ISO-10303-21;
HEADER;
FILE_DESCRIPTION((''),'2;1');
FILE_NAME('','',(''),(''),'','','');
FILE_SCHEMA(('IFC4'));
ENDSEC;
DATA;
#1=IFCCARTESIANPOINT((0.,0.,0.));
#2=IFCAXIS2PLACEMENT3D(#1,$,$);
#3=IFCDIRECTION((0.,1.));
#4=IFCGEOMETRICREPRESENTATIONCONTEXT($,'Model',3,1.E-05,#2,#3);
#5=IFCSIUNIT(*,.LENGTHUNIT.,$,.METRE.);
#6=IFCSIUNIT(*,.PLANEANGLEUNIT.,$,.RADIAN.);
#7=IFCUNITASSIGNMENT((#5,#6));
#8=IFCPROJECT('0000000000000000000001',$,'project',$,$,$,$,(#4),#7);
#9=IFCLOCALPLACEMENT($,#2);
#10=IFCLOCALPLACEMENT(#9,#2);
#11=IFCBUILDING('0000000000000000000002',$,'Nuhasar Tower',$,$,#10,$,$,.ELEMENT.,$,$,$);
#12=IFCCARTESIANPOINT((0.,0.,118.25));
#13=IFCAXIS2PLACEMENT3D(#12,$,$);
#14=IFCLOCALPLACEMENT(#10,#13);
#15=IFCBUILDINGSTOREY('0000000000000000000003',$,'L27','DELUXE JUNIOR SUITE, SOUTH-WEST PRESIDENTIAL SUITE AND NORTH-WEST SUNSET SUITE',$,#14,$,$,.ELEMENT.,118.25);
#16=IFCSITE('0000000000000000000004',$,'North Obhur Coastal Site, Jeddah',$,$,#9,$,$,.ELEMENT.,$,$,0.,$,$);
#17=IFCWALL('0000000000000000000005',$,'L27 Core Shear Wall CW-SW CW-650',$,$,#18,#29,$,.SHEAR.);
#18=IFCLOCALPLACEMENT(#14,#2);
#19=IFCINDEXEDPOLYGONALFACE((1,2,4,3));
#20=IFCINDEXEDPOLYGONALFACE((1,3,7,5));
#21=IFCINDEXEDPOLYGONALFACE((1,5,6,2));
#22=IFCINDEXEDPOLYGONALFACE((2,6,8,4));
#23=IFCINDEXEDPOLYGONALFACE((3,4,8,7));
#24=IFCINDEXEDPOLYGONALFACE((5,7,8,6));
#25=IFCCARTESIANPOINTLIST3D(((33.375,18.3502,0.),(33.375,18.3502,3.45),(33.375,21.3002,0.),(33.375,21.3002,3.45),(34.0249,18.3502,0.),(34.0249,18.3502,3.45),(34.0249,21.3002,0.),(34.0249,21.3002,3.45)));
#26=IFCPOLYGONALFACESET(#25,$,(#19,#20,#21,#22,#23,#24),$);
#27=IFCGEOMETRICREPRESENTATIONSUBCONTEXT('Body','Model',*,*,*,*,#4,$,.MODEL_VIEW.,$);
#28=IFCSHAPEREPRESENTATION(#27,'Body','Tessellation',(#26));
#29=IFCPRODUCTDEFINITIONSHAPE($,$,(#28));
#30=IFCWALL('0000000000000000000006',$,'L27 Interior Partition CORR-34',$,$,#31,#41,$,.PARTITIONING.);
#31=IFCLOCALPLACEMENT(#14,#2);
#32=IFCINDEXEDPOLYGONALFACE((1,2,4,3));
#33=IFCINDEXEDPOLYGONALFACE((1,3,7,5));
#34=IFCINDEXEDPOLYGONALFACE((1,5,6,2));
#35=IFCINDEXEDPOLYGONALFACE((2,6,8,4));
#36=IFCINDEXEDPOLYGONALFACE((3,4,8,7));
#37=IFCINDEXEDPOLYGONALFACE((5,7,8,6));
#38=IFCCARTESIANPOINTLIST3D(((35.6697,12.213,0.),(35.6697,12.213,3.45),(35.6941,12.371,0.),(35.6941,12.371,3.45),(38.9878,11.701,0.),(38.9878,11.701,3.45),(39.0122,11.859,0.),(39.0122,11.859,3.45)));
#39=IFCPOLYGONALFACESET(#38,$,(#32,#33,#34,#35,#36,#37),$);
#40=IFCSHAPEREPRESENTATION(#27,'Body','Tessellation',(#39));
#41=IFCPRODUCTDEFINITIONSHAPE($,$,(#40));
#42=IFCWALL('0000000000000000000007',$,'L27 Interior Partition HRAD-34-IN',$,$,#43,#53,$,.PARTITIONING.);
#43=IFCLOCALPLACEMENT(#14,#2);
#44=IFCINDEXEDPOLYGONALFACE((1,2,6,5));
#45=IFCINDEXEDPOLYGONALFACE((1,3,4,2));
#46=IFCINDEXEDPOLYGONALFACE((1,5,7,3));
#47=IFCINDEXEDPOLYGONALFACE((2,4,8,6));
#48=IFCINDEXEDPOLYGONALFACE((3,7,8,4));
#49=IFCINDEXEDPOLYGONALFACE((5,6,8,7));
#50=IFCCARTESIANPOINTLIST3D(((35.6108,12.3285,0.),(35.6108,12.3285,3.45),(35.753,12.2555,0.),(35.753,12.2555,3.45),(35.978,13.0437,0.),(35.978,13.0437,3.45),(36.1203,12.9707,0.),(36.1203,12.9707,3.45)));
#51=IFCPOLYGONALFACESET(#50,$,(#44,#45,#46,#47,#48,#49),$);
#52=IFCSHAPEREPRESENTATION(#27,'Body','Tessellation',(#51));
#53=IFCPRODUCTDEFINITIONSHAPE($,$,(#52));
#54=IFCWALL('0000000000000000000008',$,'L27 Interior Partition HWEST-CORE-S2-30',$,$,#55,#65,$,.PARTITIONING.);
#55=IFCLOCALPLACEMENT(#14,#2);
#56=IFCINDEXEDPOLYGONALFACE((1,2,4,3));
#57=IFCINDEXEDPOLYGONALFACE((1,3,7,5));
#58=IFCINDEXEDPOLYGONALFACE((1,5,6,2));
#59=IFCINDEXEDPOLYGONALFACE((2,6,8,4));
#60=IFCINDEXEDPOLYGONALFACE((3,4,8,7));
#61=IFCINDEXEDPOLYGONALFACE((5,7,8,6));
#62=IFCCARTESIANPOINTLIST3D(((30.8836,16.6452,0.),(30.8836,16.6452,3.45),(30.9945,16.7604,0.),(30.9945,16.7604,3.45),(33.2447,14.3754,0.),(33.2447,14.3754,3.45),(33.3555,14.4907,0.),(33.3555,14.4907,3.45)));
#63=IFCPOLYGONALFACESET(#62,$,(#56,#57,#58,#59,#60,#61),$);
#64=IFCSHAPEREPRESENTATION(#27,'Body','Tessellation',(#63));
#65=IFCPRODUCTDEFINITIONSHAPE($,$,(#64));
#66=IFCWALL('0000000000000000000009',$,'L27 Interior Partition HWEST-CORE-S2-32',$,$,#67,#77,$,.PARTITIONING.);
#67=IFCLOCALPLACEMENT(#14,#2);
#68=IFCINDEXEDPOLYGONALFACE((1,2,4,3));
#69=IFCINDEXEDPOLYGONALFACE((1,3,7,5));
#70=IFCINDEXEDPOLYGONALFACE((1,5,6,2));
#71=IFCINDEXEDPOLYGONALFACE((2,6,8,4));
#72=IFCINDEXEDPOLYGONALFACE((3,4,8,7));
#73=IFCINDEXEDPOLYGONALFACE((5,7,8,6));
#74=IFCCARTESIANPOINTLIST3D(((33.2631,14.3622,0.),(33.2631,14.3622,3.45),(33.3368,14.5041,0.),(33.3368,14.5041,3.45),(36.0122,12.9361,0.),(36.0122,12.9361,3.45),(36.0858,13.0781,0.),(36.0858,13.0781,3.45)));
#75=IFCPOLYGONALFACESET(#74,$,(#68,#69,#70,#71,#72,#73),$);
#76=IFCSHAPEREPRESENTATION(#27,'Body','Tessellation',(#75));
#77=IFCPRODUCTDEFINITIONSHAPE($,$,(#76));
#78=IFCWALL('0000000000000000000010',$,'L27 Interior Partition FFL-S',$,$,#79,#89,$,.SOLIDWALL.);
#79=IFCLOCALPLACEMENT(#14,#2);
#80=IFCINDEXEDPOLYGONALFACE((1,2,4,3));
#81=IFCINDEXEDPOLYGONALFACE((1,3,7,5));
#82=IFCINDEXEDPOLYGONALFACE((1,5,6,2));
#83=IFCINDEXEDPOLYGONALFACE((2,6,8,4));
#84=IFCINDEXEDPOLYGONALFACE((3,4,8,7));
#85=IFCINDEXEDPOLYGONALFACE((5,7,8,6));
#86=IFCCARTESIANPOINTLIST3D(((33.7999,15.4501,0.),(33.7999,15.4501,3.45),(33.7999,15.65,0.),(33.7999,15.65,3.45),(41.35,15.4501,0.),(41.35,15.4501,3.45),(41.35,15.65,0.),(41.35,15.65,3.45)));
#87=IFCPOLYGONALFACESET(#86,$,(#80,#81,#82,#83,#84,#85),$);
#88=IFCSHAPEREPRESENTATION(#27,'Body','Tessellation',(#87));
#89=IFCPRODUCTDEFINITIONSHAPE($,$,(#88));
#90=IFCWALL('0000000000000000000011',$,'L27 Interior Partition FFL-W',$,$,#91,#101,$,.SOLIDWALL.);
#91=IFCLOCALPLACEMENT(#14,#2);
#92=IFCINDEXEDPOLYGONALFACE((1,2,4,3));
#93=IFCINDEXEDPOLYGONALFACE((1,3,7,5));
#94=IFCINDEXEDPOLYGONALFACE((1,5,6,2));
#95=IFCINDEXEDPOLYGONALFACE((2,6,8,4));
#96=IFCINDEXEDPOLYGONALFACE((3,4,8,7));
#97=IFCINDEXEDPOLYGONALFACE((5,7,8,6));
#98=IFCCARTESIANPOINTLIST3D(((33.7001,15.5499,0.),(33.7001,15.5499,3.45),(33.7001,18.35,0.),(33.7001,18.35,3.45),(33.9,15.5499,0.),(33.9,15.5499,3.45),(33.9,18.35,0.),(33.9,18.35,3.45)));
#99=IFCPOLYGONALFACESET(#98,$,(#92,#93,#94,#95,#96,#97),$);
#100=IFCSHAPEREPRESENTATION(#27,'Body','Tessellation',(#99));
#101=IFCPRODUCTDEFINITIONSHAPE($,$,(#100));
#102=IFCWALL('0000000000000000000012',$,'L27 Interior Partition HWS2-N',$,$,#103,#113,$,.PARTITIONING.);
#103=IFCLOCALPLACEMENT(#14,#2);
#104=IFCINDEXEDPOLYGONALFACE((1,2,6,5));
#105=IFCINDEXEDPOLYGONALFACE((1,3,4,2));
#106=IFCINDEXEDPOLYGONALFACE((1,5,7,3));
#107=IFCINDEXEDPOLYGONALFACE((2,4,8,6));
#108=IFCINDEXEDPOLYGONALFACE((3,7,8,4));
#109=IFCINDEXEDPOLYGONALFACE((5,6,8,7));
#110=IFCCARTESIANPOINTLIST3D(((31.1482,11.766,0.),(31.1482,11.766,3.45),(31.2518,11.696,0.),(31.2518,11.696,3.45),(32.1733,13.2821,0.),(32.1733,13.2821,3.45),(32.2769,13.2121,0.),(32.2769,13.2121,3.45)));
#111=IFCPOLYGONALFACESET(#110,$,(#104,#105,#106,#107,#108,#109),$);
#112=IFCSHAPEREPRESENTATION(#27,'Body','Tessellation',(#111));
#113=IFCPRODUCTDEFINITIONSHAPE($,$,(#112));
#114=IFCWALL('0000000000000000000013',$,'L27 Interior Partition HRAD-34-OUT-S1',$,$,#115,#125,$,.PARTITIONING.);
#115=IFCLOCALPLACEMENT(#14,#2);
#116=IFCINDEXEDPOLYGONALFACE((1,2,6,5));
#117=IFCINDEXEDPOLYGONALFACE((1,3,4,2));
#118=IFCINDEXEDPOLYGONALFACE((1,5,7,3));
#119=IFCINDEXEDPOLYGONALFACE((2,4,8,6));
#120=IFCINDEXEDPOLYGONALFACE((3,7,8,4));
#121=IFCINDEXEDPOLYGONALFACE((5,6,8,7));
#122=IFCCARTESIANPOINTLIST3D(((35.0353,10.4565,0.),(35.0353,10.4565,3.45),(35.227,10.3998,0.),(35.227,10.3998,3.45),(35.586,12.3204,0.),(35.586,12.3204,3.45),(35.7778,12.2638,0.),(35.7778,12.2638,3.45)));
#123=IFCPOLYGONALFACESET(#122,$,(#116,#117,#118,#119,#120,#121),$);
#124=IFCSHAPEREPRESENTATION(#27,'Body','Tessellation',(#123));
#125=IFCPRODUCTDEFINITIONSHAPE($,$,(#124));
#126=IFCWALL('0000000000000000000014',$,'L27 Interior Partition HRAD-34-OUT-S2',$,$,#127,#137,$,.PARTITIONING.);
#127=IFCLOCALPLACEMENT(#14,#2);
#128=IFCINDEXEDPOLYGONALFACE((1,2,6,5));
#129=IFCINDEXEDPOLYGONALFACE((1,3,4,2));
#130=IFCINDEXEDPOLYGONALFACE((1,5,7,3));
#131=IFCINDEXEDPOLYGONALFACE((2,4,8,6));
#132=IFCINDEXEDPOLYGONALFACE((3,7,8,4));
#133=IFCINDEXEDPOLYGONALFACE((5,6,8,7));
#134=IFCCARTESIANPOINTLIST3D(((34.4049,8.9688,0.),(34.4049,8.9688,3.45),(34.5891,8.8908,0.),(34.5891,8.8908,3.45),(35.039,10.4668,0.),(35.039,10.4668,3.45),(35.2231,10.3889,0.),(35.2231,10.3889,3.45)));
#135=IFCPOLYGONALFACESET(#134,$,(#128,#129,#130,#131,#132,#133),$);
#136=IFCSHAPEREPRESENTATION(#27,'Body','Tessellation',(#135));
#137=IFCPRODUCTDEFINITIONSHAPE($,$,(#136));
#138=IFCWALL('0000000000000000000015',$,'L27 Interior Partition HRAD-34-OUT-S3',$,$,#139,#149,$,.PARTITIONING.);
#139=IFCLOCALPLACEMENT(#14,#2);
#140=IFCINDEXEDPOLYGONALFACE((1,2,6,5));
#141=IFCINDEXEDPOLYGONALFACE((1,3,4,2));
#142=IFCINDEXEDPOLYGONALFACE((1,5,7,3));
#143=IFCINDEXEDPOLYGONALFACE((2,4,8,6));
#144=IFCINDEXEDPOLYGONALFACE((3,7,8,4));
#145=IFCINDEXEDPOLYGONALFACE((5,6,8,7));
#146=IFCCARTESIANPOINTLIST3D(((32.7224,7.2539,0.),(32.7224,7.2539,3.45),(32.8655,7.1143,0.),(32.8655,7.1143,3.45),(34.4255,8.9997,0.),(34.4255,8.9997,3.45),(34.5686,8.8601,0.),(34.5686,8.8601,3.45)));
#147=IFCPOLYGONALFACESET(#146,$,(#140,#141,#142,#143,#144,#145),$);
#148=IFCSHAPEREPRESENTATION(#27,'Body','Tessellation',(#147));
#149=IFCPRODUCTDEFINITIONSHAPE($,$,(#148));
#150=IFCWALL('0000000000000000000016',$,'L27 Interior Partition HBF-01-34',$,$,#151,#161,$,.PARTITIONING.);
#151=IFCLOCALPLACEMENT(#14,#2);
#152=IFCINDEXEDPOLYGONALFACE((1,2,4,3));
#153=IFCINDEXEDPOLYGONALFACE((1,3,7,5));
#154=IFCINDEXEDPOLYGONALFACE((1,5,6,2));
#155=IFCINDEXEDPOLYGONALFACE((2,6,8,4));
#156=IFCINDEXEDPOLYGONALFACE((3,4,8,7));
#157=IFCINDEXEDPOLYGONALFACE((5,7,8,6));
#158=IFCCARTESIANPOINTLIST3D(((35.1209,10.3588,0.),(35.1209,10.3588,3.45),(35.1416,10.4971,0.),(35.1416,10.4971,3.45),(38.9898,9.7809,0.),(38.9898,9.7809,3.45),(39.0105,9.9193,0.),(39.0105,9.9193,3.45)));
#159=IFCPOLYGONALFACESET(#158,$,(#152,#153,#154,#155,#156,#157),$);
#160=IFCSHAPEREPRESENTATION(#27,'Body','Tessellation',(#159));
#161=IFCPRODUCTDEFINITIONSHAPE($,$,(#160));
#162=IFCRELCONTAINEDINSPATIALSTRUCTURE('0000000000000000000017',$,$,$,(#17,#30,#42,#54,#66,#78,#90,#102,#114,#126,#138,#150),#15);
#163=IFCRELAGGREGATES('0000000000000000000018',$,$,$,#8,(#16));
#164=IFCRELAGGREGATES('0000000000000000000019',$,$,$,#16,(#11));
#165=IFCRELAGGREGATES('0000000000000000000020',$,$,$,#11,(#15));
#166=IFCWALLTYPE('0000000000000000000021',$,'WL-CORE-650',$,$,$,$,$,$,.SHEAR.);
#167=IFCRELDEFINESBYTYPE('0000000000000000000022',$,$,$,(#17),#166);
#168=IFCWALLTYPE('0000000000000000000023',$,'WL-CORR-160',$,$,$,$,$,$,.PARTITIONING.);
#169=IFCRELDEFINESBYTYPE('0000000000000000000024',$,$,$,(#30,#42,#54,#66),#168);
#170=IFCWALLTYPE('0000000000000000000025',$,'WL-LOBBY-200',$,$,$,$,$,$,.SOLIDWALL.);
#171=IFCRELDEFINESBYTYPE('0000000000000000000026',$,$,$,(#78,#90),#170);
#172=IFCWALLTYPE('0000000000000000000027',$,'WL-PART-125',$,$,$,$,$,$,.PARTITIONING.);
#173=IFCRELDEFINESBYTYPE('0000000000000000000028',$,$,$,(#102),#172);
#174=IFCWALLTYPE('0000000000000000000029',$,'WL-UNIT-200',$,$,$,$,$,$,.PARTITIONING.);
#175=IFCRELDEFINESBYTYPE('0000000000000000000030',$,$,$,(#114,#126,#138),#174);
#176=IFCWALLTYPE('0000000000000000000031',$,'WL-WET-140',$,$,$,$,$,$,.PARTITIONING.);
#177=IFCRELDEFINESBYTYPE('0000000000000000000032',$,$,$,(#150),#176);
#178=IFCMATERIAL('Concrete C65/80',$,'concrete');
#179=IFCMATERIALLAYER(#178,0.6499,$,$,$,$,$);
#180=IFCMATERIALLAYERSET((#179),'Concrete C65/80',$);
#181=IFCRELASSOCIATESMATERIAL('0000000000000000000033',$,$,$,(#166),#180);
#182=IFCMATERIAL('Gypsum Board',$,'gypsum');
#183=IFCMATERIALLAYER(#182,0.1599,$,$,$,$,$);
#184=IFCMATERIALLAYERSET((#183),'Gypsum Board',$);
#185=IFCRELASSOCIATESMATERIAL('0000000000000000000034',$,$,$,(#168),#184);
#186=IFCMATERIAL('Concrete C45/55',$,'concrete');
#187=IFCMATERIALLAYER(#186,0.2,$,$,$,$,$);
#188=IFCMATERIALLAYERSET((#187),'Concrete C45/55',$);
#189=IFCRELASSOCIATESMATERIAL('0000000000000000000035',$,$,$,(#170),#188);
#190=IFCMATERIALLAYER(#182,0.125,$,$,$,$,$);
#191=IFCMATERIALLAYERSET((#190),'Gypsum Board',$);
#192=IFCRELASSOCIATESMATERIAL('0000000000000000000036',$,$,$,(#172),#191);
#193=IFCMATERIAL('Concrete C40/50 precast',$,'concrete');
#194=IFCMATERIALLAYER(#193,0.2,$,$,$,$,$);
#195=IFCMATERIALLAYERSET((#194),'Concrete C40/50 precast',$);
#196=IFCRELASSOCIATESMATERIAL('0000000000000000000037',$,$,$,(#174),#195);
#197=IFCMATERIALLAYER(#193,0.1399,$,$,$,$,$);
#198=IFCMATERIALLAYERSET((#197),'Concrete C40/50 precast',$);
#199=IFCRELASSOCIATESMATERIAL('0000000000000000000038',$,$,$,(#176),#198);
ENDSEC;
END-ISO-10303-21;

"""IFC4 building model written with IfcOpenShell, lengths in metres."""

from ifc_helpers import new_model, si_unit, direction, frame, frame_2d, origin, place, context, subcontext, project, spatial, rectangle, extrude, material, layer, layer_set, type_object, element, save


model = new_model("IFC4")

# Units and contexts
model_context = context("Model", 3, precision=1e-05, world=origin(), true_north=direction((0.0, 1.0)))
body_context = subcontext(model_context, "Body", "Model", "MODEL_VIEW")
ifc_project = project(units=[si_unit("LENGTHUNIT", "METRE"), si_unit("PLANEANGLEUNIT", "RADIAN")], contexts=[model_context])

# Site, building, storey
site_placement = place(None, origin())
site = spatial("IfcSite", under=ifc_project, at=site_placement, Name="North Obhur Coastal Site, Jeddah", CompositionType="ELEMENT", RefElevation=0.0)
building_placement = place(site_placement, origin())
building = spatial("IfcBuilding", under=site, at=building_placement, Name="Nuhasar Tower", CompositionType="ELEMENT")
storey_placement = place(building_placement, frame((0.0, 0.0, 118.25)))
storey = spatial("IfcBuildingStorey", under=building, at=storey_placement, Name="L27", Description="DELUXE JUNIOR SUITE, SOUTH-WEST PRESIDENTIAL SUITE AND NORTH-WEST SUNSET SUITE", CompositionType="ELEMENT", Elevation=118.25)

# Shared definitions
ifc_material_1 = material(Name="Concrete C65/80", Category="concrete")

# Walls
ifc_layer_1 = layer(ifc_material_1, 0.6499)
ifc_layer_set_1 = layer_set([ifc_layer_1], Name="Concrete C65/80")
wall_type_1 = type_object("IfcWallType", Name="WL-CORE-650", PredefinedType="SHEAR", material=ifc_layer_set_1)
wall_1_placement = place(storey_placement, frame((33.7, 18.3501, 0.0), z_axis=(0.0, 0.0, 1.0), x_axis=(0.0, 1.0, 0.0)))
element("IfcWall", 1, at=wall_1_placement, inside=storey, type_object=wall_type_1, Name="L27 Core Shear Wall CW-SW CW-650", PredefinedType="SHEAR", context=body_context, shape_type="SweptSolid", body=[
    extrude(rectangle(XDim=2.95, YDim=0.6499, at=frame_2d((1.4751, 0.0))), origin(), (0.0, 0.0, 1.0), 3.45),
])
ifc_material_2 = material(Name="Gypsum Board", Category="gypsum")
ifc_layer_2 = layer(ifc_material_2, 0.1599)
ifc_layer_set_2 = layer_set([ifc_layer_2], Name="Gypsum Board")
wall_type_2 = type_object("IfcWallType", Name="WL-CORR-160", PredefinedType="PARTITIONING", material=ifc_layer_set_2)
wall_2_placement = place(storey_placement, frame((35.6819, 12.292, 0.0), z_axis=(0.0, 0.0, 1.0), x_axis=(0.988305, -0.152489, 0.0)))
element("IfcWall", 2, at=wall_2_placement, inside=storey, type_object=wall_type_2, Name="L27 Interior Partition CORR-34", PredefinedType="PARTITIONING", context=body_context, shape_type="SweptSolid", body=[
    extrude(rectangle(XDim=3.3574, YDim=0.1599, at=frame_2d((1.6787, 0.0))), origin(), (0.0, 0.0, 1.0), 3.45),
])
wall_3_placement = place(storey_placement, frame((36.0491, 13.0071, 0.0), z_axis=(0.0, 0.0, 1.0), x_axis=(-0.456785, -0.889577, 0.0)))
element("IfcWall", 3, at=wall_3_placement, inside=storey, type_object=wall_type_2, Name="L27 Interior Partition HRAD-34-IN", PredefinedType="PARTITIONING", context=body_context, shape_type="SweptSolid", body=[
    extrude(rectangle(XDim=0.804, YDim=0.1599, at=frame_2d((0.4019, 0.0))), origin(), (0.0, 0.0, 1.0), 3.45),
])
wall_4_placement = place(storey_placement, frame((30.939, 16.7029, 0.0), z_axis=(0.0, 0.0, 1.0), x_axis=(0.720909, -0.69303, 0.0)))
element("IfcWall", 4, at=wall_4_placement, inside=storey, type_object=wall_type_2, Name="L27 Interior Partition HWEST-CORE-S2-30", PredefinedType="PARTITIONING", context=body_context, shape_type="SweptSolid", body=[
    extrude(rectangle(XDim=3.2751, YDim=0.1599, at=frame_2d((1.6377, 0.0))), origin(), (0.0, 0.0, 1.0), 3.45),
])
wall_5_placement = place(storey_placement, frame((33.3, 14.4331, 0.0), z_axis=(0.0, 0.0, 1.0), x_axis=(0.887675, -0.460471, 0.0)))
element("IfcWall", 5, at=wall_5_placement, inside=storey, type_object=wall_type_2, Name="L27 Interior Partition HWEST-CORE-S2-32", PredefinedType="PARTITIONING", context=body_context, shape_type="SweptSolid", body=[
    extrude(rectangle(XDim=3.0969, YDim=0.1599, at=frame_2d((1.5483, 0.0))), origin(), (0.0, 0.0, 1.0), 3.45),
])
ifc_material_3 = material(Name="Concrete C45/55", Category="concrete")
ifc_layer_3 = layer(ifc_material_3, 0.2)
ifc_layer_set_3 = layer_set([ifc_layer_3], Name="Concrete C45/55")
wall_type_3 = type_object("IfcWallType", Name="WL-LOBBY-200", PredefinedType="SOLIDWALL", material=ifc_layer_set_3)
wall_6_placement = place(storey_placement, frame((33.8, 15.55, 0.0), z_axis=(0.0, 0.0, 1.0), x_axis=(1.0, 0.0, 0.0)))
element("IfcWall", 6, at=wall_6_placement, inside=storey, type_object=wall_type_3, Name="L27 Interior Partition FFL-S", PredefinedType="SOLIDWALL", context=body_context, shape_type="SweptSolid", body=[
    extrude(rectangle(XDim=7.55, YDim=0.2, at=frame_2d((3.7749, 0.0))), origin(), (0.0, 0.0, 1.0), 3.45),
])
wall_7_placement = place(storey_placement, frame((33.8, 15.55, 0.0), z_axis=(0.0, 0.0, 1.0), x_axis=(0.0, 1.0, 0.0)))
element("IfcWall", 7, at=wall_7_placement, inside=storey, type_object=wall_type_3, Name="L27 Interior Partition FFL-W", PredefinedType="SOLIDWALL", context=body_context, shape_type="SweptSolid", body=[
    extrude(rectangle(XDim=2.8, YDim=0.2, at=frame_2d((1.3999, 0.0))), origin(), (0.0, 0.0, 1.0), 3.45),
])
ifc_layer_4 = layer(ifc_material_2, 0.125)
ifc_layer_set_4 = layer_set([ifc_layer_4], Name="Gypsum Board")
wall_type_4 = type_object("IfcWallType", Name="WL-PART-125", PredefinedType="PARTITIONING", material=ifc_layer_set_4)
wall_8_placement = place(storey_placement, frame((32.2251, 13.2471, 0.0), z_axis=(0.0, 0.0, 1.0), x_axis=(-0.560137, -0.8284, 0.0)))
element("IfcWall", 8, at=wall_8_placement, inside=storey, type_object=wall_type_4, Name="L27 Interior Partition HWS2-N", PredefinedType="PARTITIONING", context=body_context, shape_type="SweptSolid", body=[
    extrude(rectangle(XDim=1.8301, YDim=0.125, at=frame_2d((0.915, 0.0))), origin(), (0.0, 0.0, 1.0), 3.45),
])
ifc_material_4 = material(Name="Concrete C40/50 precast", Category="concrete")
ifc_layer_5 = layer(ifc_material_4, 0.2)
ifc_layer_set_5 = layer_set([ifc_layer_5], Name="Concrete C40/50 precast")
wall_type_5 = type_object("IfcWallType", Name="WL-UNIT-200", PredefinedType="PARTITIONING", material=ifc_layer_set_5)
wall_9_placement = place(storey_placement, frame((35.6819, 12.292, 0.0), z_axis=(0.0, 0.0, 1.0), x_axis=(-0.28337, -0.959011, 0.0)))
element("IfcWall", 9, at=wall_9_placement, inside=storey, type_object=wall_type_5, Name="L27 Interior Partition HRAD-34-OUT-S1", PredefinedType="PARTITIONING", context=body_context, shape_type="SweptSolid", body=[
    extrude(rectangle(XDim=1.9436, YDim=0.2, at=frame_2d((0.9717, 0.0))), origin(), (0.0, 0.0, 1.0), 3.45),
])
wall_10_placement = place(storey_placement, frame((35.1311, 10.428, 0.0), z_axis=(0.0, 0.0, 1.0), x_axis=(-0.389767, -0.920913, 0.0)))
element("IfcWall", 10, at=wall_10_placement, inside=storey, type_object=wall_type_5, Name="L27 Interior Partition HRAD-34-OUT-S2", PredefinedType="PARTITIONING", context=body_context, shape_type="SweptSolid", body=[
    extrude(rectangle(XDim=1.6267, YDim=0.2, at=frame_2d((0.8135, 0.0))), origin(), (0.0, 0.0, 1.0), 3.45),
])
wall_11_placement = place(storey_placement, frame((34.4971, 8.9299, 0.0), z_axis=(0.0, 0.0, 1.0), x_axis=(-0.698294, -0.715811, 0.0)))
element("IfcWall", 11, at=wall_11_placement, inside=storey, type_object=wall_type_5, Name="L27 Interior Partition HRAD-34-OUT-S3", PredefinedType="PARTITIONING", context=body_context, shape_type="SweptSolid", body=[
    extrude(rectangle(XDim=2.439, YDim=0.2, at=frame_2d((1.2195, 0.0))), origin(), (0.0, 0.0, 1.0), 3.45),
])
ifc_layer_6 = layer(ifc_material_4, 0.1399)
ifc_layer_set_6 = layer_set([ifc_layer_6], Name="Concrete C40/50 precast")
wall_type_6 = type_object("IfcWallType", Name="WL-WET-140", PredefinedType="PARTITIONING", material=ifc_layer_set_6)
wall_12_placement = place(storey_placement, frame((35.1311, 10.428, 0.0), z_axis=(0.0, 0.0, 1.0), x_axis=(0.989028, -0.147727, 0.0)))
element("IfcWall", 12, at=wall_12_placement, inside=storey, type_object=wall_type_6, Name="L27 Interior Partition HBF-01-34", PredefinedType="PARTITIONING", context=body_context, shape_type="SweptSolid", body=[
    extrude(rectangle(XDim=3.9119, YDim=0.1399, at=frame_2d((1.9561, 0.0))), origin(), (0.0, 0.0, 1.0), 3.45),
])

save(model, "model.ifc")
